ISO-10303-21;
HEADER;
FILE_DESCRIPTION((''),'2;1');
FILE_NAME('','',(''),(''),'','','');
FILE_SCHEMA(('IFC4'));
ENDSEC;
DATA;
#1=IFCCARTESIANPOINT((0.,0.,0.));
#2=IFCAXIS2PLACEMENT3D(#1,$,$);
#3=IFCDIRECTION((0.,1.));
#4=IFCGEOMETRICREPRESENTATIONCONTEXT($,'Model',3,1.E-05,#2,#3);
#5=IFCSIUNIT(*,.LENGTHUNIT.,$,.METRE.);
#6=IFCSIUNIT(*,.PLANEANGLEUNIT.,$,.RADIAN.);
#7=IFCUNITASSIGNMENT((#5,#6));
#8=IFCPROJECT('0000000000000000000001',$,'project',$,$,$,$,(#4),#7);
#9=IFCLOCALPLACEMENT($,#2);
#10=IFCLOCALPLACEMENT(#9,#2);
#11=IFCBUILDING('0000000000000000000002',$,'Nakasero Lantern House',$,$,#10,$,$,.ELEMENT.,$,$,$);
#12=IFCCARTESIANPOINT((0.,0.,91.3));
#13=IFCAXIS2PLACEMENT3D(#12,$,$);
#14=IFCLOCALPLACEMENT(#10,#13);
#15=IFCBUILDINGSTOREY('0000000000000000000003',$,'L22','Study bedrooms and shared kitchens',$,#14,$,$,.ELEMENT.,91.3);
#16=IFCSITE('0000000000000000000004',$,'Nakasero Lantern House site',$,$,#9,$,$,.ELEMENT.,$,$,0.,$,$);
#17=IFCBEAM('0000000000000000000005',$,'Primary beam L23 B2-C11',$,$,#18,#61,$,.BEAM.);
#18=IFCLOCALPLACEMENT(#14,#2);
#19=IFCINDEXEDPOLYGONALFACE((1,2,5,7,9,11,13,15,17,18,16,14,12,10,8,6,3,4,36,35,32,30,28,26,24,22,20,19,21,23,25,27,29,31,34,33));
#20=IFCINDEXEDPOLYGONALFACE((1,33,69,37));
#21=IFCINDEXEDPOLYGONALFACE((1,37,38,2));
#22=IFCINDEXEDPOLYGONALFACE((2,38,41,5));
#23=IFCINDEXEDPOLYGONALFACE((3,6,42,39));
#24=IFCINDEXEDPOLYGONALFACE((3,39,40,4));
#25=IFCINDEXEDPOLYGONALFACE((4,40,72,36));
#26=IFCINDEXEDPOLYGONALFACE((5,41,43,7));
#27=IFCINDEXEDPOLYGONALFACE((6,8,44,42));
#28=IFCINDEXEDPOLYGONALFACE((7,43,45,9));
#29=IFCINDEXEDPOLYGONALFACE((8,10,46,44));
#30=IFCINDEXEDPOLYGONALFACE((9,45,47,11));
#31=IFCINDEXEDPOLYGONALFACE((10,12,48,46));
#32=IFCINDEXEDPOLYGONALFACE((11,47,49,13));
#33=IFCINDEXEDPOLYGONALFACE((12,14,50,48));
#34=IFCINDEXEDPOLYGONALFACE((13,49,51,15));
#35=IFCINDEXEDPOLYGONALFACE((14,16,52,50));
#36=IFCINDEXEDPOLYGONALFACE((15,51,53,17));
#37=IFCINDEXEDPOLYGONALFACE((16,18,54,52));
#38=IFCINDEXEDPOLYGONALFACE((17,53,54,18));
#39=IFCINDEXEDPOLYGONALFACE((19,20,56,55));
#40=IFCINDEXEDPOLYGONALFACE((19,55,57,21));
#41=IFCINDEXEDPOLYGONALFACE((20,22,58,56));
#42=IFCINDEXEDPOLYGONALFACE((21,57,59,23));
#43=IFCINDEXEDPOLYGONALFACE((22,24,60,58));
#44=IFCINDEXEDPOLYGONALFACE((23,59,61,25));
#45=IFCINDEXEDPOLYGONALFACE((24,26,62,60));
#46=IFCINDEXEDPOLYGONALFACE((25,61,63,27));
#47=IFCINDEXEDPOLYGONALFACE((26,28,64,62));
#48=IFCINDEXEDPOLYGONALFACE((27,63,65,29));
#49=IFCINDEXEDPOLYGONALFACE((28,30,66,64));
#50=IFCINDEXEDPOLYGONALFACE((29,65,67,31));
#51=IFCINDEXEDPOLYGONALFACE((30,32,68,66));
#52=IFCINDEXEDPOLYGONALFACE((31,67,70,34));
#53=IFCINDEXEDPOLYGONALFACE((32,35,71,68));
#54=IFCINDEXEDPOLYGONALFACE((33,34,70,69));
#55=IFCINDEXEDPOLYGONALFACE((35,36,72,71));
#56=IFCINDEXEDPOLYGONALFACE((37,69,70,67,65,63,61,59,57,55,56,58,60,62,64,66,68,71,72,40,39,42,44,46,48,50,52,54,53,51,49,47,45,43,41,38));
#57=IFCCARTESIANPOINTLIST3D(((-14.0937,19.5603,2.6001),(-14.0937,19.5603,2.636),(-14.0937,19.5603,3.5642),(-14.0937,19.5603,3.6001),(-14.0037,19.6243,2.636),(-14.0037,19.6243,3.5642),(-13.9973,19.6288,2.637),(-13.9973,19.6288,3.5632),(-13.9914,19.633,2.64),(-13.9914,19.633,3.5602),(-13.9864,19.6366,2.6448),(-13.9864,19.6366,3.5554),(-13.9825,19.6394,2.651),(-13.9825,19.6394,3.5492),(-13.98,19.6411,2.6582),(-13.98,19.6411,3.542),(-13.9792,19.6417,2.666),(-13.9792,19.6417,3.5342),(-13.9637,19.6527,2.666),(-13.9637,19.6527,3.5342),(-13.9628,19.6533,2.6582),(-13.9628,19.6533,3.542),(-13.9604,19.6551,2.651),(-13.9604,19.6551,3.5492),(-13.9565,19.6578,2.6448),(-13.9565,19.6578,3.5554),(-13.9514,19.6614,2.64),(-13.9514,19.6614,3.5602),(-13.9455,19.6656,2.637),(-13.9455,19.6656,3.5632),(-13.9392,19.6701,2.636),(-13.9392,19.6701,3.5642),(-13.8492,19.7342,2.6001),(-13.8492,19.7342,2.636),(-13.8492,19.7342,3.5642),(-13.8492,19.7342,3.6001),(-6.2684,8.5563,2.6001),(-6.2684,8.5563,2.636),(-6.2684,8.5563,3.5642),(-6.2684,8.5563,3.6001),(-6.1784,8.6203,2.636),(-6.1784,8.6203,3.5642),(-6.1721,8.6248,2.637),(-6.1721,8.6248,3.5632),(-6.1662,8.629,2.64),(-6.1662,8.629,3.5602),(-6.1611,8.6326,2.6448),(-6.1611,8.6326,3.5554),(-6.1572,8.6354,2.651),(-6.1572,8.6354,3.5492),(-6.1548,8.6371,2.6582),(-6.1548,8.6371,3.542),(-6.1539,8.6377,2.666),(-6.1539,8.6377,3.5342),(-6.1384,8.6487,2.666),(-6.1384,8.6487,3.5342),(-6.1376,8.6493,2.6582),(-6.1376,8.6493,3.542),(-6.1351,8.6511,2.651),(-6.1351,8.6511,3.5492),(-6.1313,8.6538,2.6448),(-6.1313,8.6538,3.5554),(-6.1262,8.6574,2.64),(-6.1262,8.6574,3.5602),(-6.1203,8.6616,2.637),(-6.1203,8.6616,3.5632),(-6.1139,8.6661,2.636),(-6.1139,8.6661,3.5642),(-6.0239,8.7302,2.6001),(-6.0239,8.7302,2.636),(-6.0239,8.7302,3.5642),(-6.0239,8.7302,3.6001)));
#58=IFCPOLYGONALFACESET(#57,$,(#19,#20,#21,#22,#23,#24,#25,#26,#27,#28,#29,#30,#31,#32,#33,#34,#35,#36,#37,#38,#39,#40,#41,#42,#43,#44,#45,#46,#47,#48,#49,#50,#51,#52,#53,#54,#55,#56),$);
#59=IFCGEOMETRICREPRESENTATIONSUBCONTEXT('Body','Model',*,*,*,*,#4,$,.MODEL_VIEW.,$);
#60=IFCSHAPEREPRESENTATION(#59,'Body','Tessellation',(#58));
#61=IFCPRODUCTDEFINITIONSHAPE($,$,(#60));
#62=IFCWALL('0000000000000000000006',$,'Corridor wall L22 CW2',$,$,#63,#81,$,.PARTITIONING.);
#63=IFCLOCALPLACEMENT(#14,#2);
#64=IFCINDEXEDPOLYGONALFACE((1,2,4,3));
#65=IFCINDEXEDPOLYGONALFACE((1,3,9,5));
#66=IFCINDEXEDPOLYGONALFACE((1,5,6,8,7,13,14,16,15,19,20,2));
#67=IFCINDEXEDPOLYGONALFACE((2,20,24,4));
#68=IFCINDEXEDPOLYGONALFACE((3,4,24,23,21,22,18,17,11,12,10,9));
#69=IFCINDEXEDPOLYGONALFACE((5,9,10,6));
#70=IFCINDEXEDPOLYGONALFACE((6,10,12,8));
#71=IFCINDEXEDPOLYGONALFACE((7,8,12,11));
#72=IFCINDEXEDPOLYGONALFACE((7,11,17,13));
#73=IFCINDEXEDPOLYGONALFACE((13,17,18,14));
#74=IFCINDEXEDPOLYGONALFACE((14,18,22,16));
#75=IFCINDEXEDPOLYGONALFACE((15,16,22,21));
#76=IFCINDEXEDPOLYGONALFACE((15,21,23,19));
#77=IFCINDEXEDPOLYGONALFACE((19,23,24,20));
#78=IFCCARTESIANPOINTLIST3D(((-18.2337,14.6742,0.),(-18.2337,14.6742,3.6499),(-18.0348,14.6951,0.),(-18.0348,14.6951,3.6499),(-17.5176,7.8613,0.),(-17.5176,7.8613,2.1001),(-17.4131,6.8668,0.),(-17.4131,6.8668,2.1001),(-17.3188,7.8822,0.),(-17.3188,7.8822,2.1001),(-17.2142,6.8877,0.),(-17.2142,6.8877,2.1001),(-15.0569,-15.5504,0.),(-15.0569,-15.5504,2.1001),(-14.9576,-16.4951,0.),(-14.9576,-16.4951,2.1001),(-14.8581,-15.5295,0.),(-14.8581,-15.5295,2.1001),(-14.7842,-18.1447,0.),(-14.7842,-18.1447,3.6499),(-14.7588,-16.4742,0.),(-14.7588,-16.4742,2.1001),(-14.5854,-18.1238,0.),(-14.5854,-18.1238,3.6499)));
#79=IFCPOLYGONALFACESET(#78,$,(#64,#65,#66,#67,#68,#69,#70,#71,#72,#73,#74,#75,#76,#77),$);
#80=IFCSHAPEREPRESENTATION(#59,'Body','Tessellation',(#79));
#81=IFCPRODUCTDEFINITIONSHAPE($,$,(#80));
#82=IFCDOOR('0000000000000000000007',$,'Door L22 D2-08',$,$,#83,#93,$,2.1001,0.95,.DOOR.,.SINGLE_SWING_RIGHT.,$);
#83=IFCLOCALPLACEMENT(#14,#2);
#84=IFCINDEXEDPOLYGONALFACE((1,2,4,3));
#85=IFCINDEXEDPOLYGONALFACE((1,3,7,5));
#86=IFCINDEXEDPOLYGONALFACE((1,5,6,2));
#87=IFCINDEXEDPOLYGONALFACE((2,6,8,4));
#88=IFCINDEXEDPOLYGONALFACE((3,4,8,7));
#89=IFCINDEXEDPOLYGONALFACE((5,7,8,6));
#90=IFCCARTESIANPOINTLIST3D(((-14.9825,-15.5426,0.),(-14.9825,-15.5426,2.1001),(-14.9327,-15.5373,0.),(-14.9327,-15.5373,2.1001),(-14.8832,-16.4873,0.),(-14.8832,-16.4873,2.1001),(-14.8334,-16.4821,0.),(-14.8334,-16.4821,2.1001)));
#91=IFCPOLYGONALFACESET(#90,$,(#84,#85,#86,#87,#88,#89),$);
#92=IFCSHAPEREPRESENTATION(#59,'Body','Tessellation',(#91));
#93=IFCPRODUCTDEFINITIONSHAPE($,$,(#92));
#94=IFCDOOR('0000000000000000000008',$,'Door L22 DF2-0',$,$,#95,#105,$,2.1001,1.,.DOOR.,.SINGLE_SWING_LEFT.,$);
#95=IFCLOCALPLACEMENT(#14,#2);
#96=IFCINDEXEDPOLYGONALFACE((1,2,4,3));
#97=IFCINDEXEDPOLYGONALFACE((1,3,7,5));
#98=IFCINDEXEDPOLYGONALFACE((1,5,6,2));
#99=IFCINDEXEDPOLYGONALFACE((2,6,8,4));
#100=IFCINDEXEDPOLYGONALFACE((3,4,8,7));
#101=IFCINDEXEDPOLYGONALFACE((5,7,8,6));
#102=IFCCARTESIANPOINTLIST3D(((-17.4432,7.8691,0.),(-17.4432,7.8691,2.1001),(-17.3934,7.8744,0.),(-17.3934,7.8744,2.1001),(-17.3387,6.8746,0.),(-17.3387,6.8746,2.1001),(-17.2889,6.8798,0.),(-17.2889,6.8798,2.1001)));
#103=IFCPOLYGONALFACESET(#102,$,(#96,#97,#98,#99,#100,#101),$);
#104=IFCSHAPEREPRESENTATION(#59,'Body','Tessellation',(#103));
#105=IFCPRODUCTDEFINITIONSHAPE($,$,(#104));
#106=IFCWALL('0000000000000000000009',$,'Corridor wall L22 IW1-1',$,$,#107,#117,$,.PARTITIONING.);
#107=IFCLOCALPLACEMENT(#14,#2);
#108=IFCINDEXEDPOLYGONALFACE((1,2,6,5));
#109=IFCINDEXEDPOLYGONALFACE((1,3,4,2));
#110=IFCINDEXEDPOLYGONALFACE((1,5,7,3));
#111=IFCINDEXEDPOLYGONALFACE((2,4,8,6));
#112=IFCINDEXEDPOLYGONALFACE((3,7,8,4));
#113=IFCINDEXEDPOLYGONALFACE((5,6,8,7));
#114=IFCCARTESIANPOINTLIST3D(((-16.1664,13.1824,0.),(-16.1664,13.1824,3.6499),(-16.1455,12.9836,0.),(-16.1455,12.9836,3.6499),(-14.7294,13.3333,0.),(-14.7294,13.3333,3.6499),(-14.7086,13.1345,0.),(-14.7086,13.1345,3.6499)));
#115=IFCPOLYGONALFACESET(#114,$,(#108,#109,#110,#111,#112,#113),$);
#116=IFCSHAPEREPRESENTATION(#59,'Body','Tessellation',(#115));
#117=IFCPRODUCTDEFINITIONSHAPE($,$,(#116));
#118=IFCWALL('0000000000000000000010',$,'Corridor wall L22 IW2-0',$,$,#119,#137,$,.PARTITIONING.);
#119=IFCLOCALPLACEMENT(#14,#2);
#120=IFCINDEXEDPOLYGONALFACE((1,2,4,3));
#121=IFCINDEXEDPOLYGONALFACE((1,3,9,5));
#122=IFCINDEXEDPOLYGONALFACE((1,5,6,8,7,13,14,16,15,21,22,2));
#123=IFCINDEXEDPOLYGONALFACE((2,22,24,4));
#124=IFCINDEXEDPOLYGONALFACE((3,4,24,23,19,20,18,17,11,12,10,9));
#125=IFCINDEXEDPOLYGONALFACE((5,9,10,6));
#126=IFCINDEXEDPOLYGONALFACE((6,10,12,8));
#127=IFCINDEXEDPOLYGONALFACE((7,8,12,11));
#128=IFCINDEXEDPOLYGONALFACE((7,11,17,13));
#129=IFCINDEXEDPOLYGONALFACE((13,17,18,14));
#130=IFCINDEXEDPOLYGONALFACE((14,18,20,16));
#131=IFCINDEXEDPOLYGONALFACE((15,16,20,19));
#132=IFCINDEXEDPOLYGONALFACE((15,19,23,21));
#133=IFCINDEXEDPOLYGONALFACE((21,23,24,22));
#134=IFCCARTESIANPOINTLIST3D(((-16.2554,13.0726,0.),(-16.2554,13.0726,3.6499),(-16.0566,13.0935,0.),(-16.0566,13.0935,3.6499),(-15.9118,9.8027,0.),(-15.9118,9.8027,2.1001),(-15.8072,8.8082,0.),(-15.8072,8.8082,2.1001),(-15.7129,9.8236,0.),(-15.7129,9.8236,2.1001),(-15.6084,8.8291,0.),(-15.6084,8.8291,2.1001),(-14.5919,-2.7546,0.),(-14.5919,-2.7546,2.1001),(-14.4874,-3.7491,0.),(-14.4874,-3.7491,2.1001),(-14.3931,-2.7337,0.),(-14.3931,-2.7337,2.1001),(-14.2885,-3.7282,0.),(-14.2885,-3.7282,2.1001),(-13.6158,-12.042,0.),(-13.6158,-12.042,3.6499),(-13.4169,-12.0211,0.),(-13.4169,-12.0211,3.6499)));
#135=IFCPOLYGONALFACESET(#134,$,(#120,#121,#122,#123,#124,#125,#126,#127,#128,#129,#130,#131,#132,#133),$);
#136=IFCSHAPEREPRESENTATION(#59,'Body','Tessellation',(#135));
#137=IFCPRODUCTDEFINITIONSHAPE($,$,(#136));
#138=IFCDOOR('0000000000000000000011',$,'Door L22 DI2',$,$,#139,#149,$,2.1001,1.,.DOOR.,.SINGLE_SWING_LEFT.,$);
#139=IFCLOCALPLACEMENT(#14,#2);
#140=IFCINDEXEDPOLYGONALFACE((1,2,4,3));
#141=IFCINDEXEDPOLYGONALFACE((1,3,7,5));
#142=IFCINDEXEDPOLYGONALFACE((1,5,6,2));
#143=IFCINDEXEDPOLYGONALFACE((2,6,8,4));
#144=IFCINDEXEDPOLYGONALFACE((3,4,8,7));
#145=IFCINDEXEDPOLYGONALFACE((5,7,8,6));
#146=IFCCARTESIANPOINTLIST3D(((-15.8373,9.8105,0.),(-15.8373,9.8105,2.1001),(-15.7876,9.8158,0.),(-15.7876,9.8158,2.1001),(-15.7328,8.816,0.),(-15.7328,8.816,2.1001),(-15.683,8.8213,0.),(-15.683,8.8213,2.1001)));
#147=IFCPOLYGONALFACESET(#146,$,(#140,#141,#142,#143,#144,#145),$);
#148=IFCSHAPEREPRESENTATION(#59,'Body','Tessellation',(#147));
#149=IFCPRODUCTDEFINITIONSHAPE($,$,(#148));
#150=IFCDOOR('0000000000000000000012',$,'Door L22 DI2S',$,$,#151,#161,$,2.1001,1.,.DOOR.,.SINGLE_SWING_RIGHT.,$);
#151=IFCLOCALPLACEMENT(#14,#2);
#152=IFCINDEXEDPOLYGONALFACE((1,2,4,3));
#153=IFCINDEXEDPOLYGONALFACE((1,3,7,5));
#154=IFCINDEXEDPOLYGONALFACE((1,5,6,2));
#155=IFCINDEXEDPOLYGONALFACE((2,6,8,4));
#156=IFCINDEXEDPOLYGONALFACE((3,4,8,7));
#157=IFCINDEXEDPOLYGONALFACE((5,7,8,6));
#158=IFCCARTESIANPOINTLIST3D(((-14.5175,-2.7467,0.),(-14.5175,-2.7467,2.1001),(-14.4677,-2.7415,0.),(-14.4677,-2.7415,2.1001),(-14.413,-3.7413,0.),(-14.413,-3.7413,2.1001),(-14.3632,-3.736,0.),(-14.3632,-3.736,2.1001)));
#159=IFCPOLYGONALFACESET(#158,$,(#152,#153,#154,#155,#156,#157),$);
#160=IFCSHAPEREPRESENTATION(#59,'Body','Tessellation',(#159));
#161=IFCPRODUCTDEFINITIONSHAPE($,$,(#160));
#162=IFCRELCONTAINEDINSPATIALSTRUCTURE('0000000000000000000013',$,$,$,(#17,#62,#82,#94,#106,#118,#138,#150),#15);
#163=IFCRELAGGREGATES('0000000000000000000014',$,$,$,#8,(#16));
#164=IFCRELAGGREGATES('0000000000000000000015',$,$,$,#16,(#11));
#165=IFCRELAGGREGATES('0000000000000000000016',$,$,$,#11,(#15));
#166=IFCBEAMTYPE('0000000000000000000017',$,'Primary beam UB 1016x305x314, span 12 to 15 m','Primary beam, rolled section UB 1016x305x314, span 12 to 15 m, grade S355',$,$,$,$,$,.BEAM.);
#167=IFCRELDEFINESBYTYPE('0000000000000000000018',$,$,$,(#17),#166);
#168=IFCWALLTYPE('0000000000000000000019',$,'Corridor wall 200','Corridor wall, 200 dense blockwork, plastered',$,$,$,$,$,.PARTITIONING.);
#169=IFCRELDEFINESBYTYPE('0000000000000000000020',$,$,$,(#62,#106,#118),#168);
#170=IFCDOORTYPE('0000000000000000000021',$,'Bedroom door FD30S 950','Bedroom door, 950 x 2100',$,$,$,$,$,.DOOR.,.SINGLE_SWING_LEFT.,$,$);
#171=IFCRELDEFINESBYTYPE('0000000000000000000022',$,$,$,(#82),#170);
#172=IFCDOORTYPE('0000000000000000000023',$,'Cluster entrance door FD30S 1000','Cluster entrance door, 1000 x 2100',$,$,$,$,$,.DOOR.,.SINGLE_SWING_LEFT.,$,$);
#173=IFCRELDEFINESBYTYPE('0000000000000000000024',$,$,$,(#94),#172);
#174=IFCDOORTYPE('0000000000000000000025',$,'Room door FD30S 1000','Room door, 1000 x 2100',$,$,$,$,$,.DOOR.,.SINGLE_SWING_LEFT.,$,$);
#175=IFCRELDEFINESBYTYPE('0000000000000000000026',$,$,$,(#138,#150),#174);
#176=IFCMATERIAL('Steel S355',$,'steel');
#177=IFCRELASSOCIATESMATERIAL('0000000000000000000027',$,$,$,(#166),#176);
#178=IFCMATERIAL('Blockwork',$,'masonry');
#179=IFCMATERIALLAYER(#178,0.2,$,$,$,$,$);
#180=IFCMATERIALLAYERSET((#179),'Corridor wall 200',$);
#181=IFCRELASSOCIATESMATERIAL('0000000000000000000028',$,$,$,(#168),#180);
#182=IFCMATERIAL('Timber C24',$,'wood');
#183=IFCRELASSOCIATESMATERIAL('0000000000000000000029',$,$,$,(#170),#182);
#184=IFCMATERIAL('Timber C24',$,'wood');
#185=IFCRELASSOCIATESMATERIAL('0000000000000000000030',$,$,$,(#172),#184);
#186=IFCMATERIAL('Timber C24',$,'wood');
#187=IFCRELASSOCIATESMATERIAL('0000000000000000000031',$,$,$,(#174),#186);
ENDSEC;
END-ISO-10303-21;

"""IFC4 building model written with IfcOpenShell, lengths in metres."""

from ifc_helpers import new_model, si_unit, direction, frame, frame_2d, origin, origin_2d, place, context, subcontext, project, spatial, rectangle, i_section, extrude, material, layer, layer_set, material_profile, profile_set, type_object, element, fill, save


model = new_model("IFC4")

# Units and contexts
model_context = context("Model", 3, precision=1e-05, world=origin(), true_north=direction((0.0, 1.0)))
body_context = subcontext(model_context, "Body", "Model", "MODEL_VIEW")
ifc_project = project(units=[si_unit("LENGTHUNIT", "METRE"), si_unit("PLANEANGLEUNIT", "RADIAN")], contexts=[model_context])

# Site, building, storey
site_placement = place(None, origin())
site = spatial("IfcSite", under=ifc_project, at=site_placement, Name="Nakasero Lantern House site", CompositionType="ELEMENT", RefElevation=0.0)
building_placement = place(site_placement, origin())
building = spatial("IfcBuilding", under=site, at=building_placement, Name="Nakasero Lantern House", CompositionType="ELEMENT")
storey_placement = place(building_placement, frame((0.0, 0.0, 91.3)))
storey = spatial("IfcBuildingStorey", under=building, at=storey_placement, Name="L22", Description="Study bedrooms and shared kitchens", CompositionType="ELEMENT", Elevation=91.3)

# Beam
ifc_material_1 = material(Name="Steel S355", Category="steel")
ifc_material_profile_1 = material_profile(ifc_material_1, i_section(OverallWidth=0.3, OverallDepth=1.0, WebThickness=0.019, FlangeThickness=0.0359, FilletRadius=0.03, at=origin_2d()), Name="UB 1016x305x314")
ifc_profile_set_1 = profile_set([ifc_material_profile_1], Name="Steel S355")
beam_type_1 = type_object("IfcBeamType", Name="Primary beam UB 1016x305x314, span 12 to 15 m", Description="Primary beam, rolled section UB 1016x305x314, span 12 to 15 m, grade S355", PredefinedType="BEAM", material=ifc_profile_set_1)
beam_1_placement = place(storey_placement, frame((-13.9714, 19.6472, 3.1001), z_axis=(0.579533, -0.814948, 0.0), x_axis=(0.814948, 0.579533, 0.0)))
element("IfcBeam", 1, at=beam_1_placement, inside=storey, type_object=beam_type_1, Name="Primary beam L23 B2-C11", PredefinedType="BEAM", context=body_context, shape_type="SweptSolid", body=[
    extrude(i_section(OverallWidth=0.3, OverallDepth=1.0, WebThickness=0.019, FlangeThickness=0.0359, FilletRadius=0.03, at=origin_2d()), origin(), (0.0, 0.0, 1.0), 13.5027),
])

# Wall, openings, doors
ifc_material_2 = material(Name="Blockwork", Category="masonry")
ifc_layer_1 = layer(ifc_material_2, 0.2)
ifc_layer_set_1 = layer_set([ifc_layer_1], Name="Corridor wall 200")
wall_type_1 = type_object("IfcWallType", Name="Corridor wall 200", Description="Corridor wall, 200 dense blockwork, plastered", PredefinedType="PARTITIONING", material=ifc_layer_set_1)
wall_1_placement = place(storey_placement, frame((-18.1343, 14.6848, 0.0), z_axis=(0.0, 0.0, 1.0), x_axis=(0.10453, -0.994522, 0.0)))
wall_1 = element("IfcWall", 2, at=wall_1_placement, inside=storey, type_object=wall_type_1, Name="Corridor wall L22 CW2", PredefinedType="PARTITIONING", context=body_context, shape_type="SweptSolid", body=[
    extrude(rectangle(XDim=32.9998, YDim=0.2, at=frame_2d((16.5, 0.0))), origin(), (0.0, 0.0, 1.0), 3.6499),
])
opening_1_placement = place(wall_1_placement, frame((6.8506, 0.0, 0.0)))
opening_1 = element("IfcOpeningElement", 3, at=opening_1_placement, cuts=wall_1, PredefinedType="OPENING", context=body_context, shape_type="SweptSolid", body=[
    extrude(rectangle(XDim=1.0, YDim=2.1001, at=frame_2d((0.5, 1.05))), frame((0.0, 0.1199, 0.0), z_axis=(0.0, -1.0, 0.0), x_axis=(1.0, 0.0, 0.0)), (0.0, 0.0, 1.0), 0.24),
])
opening_2_placement = place(wall_1_placement, frame((30.3911, 0.0, 0.0)))
opening_2 = element("IfcOpeningElement", 4, at=opening_2_placement, cuts=wall_1, PredefinedType="OPENING", context=body_context, shape_type="SweptSolid", body=[
    extrude(rectangle(XDim=0.95, YDim=2.1001, at=frame_2d((0.4751, 1.05))), frame((0.0, 0.1199, 0.0), z_axis=(0.0, -1.0, 0.0), x_axis=(1.0, 0.0, 0.0)), (0.0, 0.0, 1.0), 0.24),
])
ifc_material_3 = material(Name="Timber C24", Category="wood")
door_type_1 = type_object("IfcDoorType", Name="Bedroom door FD30S 950", Description="Bedroom door, 950 x 2100", OperationType="SINGLE_SWING_LEFT", PredefinedType="DOOR", material=ifc_material_3)
door_1_placement = place(opening_2_placement, origin())
door_1 = element("IfcDoor", 5, at=door_1_placement, inside=storey, type_object=door_type_1, Name="Door L22 D2-08", OperationType="SINGLE_SWING_RIGHT", OverallHeight=2.1001, OverallWidth=0.95, PredefinedType="DOOR", context=body_context, shape_type="SweptSolid", body=[
    extrude(rectangle(XDim=0.95, YDim=2.1001, at=frame_2d((0.4751, 1.05))), frame((0.0, 0.0249, 0.0), z_axis=(0.0, -1.0, 0.0), x_axis=(1.0, 0.0, 0.0)), (0.0, 0.0, 1.0), 0.05),
])
fill(opening_2, door_1)
ifc_material_4 = material(Name="Timber C24", Category="wood")
door_type_2 = type_object("IfcDoorType", Name="Cluster entrance door FD30S 1000", Description="Cluster entrance door, 1000 x 2100", OperationType="SINGLE_SWING_LEFT", PredefinedType="DOOR", material=ifc_material_4)
door_2_placement = place(opening_1_placement, origin())
door_2 = element("IfcDoor", 6, at=door_2_placement, inside=storey, type_object=door_type_2, Name="Door L22 DF2-0", OperationType="SINGLE_SWING_LEFT", OverallHeight=2.1001, OverallWidth=1.0, PredefinedType="DOOR", context=body_context, shape_type="SweptSolid", body=[
    extrude(rectangle(XDim=1.0, YDim=2.1001, at=frame_2d((0.5, 1.05))), frame((0.0, 0.0249, 0.0), z_axis=(0.0, -1.0, 0.0), x_axis=(1.0, 0.0, 0.0)), (0.0, 0.0, 1.0), 0.05),
])
fill(opening_1, door_2)

# Wall
wall_2_placement = place(storey_placement, frame((-14.719, 13.2339, 0.0), z_axis=(0.0, 0.0, 1.0), x_axis=(-0.994533, -0.104421, 0.0)))
element("IfcWall", 7, at=wall_2_placement, inside=storey, type_object=wall_type_1, Name="Corridor wall L22 IW1-1", PredefinedType="PARTITIONING", context=body_context, shape_type="SweptSolid", body=[
    extrude(rectangle(XDim=1.4448, YDim=0.2, at=frame_2d((0.7224, 0.0))), origin(), (0.0, 0.0, 1.0), 3.6499),
])

# Wall, openings, doors
wall_3_placement = place(storey_placement, frame((-16.156, 13.083, 0.0), z_axis=(0.0, 0.0, 1.0), x_axis=(0.104529, -0.994522, 0.0)))
wall_3 = element("IfcWall", 8, at=wall_3_placement, inside=storey, type_object=wall_type_1, Name="Corridor wall L22 IW2-0", PredefinedType="PARTITIONING", context=body_context, shape_type="SweptSolid", body=[
    extrude(rectangle(XDim=25.2529, YDim=0.2, at=frame_2d((12.6265, 0.0))), origin(), (0.0, 0.0, 1.0), 3.6499),
])
opening_3_placement = place(wall_3_placement, frame((3.2878, 0.0, 0.0)))
opening_3 = element("IfcOpeningElement", 9, at=opening_3_placement, cuts=wall_3, PredefinedType="OPENING", context=body_context, shape_type="SweptSolid", body=[
    extrude(rectangle(XDim=1.0, YDim=2.1001, at=frame_2d((0.5, 1.05))), frame((0.0, 0.1199, 0.0), z_axis=(0.0, -1.0, 0.0), x_axis=(1.0, 0.0, 0.0)), (0.0, 0.0, 1.0), 0.24),
])
opening_4_placement = place(wall_3_placement, frame((15.9143, 0.0, 0.0)))
opening_4 = element("IfcOpeningElement", 10, at=opening_4_placement, cuts=wall_3, PredefinedType="OPENING", context=body_context, shape_type="SweptSolid", body=[
    extrude(rectangle(XDim=1.0, YDim=2.1001, at=frame_2d((0.5, 1.05))), frame((0.0, 0.1199, 0.0), z_axis=(0.0, -1.0, 0.0), x_axis=(1.0, 0.0, 0.0)), (0.0, 0.0, 1.0), 0.24),
])
ifc_material_5 = material(Name="Timber C24", Category="wood")
door_type_3 = type_object("IfcDoorType", Name="Room door FD30S 1000", Description="Room door, 1000 x 2100", OperationType="SINGLE_SWING_LEFT", PredefinedType="DOOR", material=ifc_material_5)
door_3_placement = place(opening_3_placement, origin())
door_3 = element("IfcDoor", 11, at=door_3_placement, inside=storey, type_object=door_type_3, Name="Door L22 DI2", OperationType="SINGLE_SWING_LEFT", OverallHeight=2.1001, OverallWidth=1.0, PredefinedType="DOOR", context=body_context, shape_type="SweptSolid", body=[
    extrude(rectangle(XDim=1.0, YDim=2.1001, at=frame_2d((0.5, 1.05))), frame((0.0, 0.0249, 0.0), z_axis=(0.0, -1.0, 0.0), x_axis=(1.0, 0.0, 0.0)), (0.0, 0.0, 1.0), 0.05),
])
fill(opening_3, door_3)
door_4_placement = place(opening_4_placement, origin())
door_4 = element("IfcDoor", 12, at=door_4_placement, inside=storey, type_object=door_type_3, Name="Door L22 DI2S", OperationType="SINGLE_SWING_RIGHT", OverallHeight=2.1001, OverallWidth=1.0, PredefinedType="DOOR", context=body_context, shape_type="SweptSolid", body=[
    extrude(rectangle(XDim=1.0, YDim=2.1001, at=frame_2d((0.5, 1.05))), frame((0.0, 0.0249, 0.0), z_axis=(0.0, -1.0, 0.0), x_axis=(1.0, 0.0, 0.0)), (0.0, 0.0, 1.0), 0.05),
])
fill(opening_4, door_4)

save(model, "model.ifc")
